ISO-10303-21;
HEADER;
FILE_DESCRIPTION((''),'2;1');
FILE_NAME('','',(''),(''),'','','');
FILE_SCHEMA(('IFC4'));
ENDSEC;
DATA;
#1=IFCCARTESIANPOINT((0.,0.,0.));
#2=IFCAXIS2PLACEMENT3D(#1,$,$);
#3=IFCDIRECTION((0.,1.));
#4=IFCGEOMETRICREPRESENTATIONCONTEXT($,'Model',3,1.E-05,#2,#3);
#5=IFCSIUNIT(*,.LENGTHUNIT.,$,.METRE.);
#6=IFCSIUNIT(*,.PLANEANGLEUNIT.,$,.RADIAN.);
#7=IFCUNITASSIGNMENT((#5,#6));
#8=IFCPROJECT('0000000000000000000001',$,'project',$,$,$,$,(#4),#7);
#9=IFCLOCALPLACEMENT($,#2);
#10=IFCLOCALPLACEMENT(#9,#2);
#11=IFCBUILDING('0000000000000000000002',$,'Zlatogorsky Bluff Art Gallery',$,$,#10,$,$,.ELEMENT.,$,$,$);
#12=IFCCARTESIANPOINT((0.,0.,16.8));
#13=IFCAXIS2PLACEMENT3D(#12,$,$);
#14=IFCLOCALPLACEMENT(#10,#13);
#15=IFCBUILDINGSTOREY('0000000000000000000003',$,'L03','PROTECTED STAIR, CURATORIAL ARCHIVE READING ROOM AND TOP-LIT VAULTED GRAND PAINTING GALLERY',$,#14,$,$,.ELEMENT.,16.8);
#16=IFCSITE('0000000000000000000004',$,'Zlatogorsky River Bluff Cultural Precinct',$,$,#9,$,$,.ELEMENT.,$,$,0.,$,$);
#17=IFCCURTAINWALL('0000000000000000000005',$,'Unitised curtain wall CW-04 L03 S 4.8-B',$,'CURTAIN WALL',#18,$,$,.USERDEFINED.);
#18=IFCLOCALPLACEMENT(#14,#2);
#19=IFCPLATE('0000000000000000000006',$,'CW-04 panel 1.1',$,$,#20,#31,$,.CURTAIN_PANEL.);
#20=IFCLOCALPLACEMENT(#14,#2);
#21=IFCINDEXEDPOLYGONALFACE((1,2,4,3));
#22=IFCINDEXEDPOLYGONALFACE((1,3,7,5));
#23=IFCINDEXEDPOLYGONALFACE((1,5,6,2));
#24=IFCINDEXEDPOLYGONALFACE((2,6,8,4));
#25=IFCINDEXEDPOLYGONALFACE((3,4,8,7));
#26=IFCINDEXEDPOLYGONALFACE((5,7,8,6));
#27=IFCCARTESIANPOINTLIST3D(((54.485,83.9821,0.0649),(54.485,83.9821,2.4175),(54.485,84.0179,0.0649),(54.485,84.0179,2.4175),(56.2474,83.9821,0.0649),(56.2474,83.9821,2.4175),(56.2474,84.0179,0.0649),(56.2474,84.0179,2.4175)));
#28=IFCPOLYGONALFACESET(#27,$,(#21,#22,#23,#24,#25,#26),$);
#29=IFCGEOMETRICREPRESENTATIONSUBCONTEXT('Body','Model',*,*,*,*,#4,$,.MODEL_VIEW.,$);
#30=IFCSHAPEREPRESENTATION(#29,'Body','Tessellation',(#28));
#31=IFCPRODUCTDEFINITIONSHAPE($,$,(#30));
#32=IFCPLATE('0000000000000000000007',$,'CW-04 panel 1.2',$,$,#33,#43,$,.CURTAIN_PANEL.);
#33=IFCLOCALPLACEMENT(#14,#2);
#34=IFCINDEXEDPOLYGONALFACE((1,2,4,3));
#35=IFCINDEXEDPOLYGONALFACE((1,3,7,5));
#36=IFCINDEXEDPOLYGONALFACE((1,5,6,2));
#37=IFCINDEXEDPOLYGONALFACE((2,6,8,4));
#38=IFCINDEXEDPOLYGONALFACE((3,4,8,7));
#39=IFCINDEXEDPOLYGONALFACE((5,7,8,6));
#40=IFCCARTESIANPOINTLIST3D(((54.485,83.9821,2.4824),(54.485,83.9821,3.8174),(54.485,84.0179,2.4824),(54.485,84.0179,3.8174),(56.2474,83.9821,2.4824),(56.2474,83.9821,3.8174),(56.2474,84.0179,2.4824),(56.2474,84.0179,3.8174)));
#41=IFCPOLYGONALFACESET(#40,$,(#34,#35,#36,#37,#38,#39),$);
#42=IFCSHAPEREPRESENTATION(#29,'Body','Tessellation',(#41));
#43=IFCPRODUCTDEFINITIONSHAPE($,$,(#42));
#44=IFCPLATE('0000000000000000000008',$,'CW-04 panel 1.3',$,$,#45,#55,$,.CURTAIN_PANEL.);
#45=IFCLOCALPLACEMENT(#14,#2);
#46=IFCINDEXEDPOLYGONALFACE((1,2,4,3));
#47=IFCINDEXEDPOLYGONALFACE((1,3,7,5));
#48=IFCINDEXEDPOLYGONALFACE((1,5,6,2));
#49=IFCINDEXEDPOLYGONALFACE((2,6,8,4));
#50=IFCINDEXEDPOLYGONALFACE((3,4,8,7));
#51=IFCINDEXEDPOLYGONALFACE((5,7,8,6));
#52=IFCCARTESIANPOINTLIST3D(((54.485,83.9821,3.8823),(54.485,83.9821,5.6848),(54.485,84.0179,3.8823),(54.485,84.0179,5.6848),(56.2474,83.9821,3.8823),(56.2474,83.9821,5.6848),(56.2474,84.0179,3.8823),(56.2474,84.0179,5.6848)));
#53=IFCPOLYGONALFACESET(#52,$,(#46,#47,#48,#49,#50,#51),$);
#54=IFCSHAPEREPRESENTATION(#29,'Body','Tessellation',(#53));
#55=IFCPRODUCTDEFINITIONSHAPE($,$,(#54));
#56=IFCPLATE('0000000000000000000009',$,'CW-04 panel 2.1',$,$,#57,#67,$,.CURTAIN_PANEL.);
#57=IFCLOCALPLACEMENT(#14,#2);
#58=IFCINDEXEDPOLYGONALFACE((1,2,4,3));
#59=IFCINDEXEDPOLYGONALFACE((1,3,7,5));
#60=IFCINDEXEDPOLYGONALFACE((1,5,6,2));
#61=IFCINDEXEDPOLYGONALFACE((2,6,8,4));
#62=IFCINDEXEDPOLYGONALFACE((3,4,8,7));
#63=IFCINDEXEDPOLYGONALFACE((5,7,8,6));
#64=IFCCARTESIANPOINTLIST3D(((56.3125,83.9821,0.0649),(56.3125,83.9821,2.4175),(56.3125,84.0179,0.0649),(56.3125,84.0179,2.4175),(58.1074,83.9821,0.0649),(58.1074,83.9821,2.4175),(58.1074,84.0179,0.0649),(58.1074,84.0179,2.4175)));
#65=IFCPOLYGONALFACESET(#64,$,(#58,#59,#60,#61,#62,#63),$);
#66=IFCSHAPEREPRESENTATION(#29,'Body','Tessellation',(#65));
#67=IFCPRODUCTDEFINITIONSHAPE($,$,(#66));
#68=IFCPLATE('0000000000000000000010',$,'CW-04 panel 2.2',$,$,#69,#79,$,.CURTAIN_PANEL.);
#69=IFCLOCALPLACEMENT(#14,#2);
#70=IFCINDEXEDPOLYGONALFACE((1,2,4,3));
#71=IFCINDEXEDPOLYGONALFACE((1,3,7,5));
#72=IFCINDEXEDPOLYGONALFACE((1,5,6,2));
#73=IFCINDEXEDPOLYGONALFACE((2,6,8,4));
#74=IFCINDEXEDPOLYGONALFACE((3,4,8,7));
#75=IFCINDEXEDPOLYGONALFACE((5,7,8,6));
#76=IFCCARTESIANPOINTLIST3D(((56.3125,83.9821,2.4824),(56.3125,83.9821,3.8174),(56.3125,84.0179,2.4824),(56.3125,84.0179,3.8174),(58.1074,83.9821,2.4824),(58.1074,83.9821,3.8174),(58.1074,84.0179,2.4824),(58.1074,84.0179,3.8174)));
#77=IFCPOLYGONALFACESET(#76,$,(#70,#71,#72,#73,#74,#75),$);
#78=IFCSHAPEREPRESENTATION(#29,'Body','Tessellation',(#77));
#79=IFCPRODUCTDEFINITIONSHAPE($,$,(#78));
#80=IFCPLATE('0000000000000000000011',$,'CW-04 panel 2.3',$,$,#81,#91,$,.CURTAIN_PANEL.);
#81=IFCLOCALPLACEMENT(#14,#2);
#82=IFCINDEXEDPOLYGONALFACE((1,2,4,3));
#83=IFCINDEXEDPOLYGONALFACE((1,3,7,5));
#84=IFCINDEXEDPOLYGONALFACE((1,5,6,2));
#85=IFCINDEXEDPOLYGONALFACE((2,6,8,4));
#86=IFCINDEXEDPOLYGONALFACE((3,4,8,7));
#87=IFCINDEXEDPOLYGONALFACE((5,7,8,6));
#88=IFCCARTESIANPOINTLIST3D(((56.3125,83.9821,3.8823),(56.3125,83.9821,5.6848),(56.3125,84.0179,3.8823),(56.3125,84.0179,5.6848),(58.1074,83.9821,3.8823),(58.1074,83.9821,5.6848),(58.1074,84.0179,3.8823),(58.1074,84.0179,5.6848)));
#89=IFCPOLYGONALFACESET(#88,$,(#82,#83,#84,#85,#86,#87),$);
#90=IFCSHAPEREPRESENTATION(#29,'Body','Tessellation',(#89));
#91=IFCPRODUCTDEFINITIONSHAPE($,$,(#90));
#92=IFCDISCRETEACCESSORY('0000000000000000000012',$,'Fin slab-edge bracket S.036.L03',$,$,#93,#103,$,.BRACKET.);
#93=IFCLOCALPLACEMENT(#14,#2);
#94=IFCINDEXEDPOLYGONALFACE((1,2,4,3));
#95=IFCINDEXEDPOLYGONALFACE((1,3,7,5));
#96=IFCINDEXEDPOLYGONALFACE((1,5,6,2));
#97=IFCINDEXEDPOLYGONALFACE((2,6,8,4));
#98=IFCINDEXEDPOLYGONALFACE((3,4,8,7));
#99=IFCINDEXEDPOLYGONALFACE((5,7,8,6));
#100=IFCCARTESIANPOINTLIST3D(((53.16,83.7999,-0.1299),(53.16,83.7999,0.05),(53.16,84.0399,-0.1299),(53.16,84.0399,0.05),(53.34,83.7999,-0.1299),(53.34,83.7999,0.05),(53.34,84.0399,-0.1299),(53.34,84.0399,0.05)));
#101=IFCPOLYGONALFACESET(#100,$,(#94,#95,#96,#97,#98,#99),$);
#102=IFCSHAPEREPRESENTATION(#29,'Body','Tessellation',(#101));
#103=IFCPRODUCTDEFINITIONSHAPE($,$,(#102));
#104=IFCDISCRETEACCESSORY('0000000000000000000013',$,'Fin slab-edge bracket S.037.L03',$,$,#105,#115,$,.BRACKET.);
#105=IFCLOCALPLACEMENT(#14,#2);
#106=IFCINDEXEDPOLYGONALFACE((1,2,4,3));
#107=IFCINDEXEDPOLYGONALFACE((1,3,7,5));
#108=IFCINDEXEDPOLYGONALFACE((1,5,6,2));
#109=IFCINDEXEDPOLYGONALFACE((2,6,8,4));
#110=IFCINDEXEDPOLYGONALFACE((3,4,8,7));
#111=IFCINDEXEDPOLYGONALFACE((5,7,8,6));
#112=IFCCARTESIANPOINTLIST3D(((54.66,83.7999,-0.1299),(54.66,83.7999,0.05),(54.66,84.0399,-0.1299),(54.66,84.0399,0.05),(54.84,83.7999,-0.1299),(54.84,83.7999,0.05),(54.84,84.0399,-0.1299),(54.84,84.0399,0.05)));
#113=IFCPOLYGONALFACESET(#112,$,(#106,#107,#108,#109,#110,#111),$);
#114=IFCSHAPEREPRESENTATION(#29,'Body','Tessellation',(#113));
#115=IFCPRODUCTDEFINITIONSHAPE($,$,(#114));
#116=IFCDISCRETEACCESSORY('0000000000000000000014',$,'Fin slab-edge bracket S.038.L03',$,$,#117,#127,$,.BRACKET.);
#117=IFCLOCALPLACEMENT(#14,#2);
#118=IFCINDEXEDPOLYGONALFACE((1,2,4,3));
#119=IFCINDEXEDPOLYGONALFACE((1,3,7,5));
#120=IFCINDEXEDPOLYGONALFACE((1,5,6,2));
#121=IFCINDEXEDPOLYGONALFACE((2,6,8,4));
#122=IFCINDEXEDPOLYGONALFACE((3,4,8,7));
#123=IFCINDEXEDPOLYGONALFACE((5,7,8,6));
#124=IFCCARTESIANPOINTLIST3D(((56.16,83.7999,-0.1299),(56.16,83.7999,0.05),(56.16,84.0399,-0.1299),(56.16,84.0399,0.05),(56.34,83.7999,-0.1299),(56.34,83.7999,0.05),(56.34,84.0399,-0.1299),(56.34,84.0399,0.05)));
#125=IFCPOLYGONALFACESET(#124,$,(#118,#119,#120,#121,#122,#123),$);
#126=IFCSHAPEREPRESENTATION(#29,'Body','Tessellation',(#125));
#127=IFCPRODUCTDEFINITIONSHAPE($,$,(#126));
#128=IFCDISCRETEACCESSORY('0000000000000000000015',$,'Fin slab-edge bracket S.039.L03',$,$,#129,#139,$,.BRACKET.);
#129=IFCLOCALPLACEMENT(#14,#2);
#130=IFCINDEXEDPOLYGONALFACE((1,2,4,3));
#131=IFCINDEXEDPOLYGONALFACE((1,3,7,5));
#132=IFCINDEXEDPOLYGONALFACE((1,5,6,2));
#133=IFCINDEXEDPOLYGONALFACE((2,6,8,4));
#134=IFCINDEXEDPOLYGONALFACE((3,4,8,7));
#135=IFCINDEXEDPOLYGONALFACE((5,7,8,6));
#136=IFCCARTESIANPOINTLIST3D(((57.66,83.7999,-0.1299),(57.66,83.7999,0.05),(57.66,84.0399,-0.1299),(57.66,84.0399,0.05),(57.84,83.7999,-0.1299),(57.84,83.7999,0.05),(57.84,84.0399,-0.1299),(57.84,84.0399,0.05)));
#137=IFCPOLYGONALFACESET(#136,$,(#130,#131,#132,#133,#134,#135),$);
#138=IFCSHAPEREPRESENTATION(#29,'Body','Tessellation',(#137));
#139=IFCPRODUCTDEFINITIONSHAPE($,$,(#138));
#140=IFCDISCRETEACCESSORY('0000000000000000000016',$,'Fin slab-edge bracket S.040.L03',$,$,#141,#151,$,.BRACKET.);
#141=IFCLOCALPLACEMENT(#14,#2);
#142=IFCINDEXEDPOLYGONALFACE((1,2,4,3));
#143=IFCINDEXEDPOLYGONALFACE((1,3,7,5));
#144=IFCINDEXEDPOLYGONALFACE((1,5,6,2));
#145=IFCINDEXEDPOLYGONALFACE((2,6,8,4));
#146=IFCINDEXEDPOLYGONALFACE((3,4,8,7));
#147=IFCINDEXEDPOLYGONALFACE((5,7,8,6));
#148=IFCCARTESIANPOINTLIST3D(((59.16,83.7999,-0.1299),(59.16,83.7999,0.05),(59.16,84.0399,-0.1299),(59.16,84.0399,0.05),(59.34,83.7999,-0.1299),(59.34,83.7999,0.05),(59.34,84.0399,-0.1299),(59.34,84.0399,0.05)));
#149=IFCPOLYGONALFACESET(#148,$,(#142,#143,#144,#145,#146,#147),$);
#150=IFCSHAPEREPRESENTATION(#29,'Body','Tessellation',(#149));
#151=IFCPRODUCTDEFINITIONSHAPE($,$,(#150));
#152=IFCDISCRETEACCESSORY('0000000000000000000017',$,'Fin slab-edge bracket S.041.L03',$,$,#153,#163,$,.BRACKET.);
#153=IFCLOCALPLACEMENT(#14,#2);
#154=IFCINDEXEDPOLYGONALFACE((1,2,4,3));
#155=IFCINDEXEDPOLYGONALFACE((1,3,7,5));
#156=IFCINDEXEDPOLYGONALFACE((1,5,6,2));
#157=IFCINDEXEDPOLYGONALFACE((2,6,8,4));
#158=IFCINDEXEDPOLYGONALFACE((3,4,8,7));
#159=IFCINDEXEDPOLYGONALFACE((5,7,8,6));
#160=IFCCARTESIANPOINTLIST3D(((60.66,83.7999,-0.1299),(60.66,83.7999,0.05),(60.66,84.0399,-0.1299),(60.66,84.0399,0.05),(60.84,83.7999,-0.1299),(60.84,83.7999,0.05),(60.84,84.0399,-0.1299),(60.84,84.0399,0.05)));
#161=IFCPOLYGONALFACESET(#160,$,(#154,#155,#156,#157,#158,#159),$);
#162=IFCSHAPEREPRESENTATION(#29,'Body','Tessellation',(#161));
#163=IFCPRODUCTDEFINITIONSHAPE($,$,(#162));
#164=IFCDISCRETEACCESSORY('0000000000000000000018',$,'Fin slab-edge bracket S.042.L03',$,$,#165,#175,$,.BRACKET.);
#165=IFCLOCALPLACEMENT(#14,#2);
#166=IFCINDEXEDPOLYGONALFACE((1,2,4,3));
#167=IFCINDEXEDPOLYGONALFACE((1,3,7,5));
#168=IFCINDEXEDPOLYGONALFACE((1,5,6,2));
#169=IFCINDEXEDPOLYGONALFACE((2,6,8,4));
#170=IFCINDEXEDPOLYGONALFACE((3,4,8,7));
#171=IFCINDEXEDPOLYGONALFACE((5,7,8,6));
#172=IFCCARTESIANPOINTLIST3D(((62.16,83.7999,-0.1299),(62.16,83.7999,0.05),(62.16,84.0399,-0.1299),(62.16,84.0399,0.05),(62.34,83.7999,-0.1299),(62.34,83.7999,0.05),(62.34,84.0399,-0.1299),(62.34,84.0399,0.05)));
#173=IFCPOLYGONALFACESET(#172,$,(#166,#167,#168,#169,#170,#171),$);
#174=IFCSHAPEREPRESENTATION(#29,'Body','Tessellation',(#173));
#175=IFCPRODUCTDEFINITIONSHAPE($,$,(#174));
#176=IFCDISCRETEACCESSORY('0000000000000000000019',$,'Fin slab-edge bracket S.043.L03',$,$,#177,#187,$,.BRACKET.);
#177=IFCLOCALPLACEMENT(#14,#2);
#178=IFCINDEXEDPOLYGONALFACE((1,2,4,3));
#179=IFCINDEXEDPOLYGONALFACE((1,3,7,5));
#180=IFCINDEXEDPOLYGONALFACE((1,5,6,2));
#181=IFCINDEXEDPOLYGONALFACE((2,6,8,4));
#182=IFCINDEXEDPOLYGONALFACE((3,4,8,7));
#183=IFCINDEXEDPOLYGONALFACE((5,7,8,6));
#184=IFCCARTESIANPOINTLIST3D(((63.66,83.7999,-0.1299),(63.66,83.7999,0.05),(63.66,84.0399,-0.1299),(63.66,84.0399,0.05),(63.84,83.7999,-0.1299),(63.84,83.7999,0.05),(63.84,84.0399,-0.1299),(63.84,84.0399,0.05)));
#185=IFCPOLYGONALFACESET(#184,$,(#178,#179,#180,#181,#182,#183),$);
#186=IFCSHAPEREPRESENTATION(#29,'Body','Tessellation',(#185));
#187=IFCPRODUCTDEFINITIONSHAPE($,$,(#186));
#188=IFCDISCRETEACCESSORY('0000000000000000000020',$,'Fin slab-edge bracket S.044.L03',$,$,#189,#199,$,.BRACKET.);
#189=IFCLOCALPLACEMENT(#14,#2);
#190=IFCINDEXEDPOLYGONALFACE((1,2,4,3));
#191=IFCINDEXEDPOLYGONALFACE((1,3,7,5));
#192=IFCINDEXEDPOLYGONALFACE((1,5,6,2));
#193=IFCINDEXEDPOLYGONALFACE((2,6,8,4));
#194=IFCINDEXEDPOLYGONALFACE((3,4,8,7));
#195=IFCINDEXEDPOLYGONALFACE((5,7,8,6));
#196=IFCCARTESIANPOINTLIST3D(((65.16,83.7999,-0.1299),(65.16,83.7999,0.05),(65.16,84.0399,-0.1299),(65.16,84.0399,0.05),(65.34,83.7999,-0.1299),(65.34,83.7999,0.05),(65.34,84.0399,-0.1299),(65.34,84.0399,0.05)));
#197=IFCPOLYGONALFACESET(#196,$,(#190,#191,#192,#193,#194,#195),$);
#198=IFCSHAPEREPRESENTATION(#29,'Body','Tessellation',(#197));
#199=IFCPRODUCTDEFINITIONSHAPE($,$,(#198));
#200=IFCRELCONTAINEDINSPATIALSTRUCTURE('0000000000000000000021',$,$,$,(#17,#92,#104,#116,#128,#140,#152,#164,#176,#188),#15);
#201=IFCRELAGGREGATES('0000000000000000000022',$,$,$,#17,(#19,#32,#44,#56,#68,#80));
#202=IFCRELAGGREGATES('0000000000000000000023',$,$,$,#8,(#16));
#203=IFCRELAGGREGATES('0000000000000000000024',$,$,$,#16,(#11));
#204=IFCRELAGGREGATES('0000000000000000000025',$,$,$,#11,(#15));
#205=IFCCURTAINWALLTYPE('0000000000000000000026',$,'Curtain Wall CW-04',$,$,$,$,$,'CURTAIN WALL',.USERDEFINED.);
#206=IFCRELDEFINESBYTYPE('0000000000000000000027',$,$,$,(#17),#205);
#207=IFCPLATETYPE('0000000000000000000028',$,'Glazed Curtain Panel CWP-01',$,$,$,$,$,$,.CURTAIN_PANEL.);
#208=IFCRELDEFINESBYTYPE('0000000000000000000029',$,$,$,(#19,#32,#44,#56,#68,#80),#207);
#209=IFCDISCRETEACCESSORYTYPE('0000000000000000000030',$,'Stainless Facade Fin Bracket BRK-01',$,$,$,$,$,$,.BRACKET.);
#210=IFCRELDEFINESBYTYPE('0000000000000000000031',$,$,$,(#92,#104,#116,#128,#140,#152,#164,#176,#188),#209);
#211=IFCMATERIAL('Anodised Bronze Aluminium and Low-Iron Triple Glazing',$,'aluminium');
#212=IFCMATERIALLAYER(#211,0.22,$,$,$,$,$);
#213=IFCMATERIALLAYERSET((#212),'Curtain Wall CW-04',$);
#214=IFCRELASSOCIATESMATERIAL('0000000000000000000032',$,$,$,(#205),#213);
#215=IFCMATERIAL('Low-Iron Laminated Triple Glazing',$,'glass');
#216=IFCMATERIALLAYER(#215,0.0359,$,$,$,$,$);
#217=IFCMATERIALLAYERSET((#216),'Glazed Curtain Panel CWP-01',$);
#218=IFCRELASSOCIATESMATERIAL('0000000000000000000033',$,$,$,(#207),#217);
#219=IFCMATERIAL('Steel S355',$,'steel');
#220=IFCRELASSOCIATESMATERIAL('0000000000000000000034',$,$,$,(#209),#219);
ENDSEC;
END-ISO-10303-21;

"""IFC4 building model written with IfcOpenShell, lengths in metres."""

from ifc_helpers import new_model, si_unit, direction, frame, origin, origin_2d, place, context, subcontext, project, spatial, rectangle, extrude, material, layer, layer_set, type_object, element, aggregate, save


model = new_model("IFC4")

# Units and contexts
model_context = context("Model", 3, precision=1e-05, world=origin(), true_north=direction((0.0, 1.0)))
body_context = subcontext(model_context, "Body", "Model", "MODEL_VIEW")
ifc_project = project(units=[si_unit("LENGTHUNIT", "METRE"), si_unit("PLANEANGLEUNIT", "RADIAN")], contexts=[model_context])

# Site, building, storey
site_placement = place(None, origin())
site = spatial("IfcSite", under=ifc_project, at=site_placement, Name="Zlatogorsky River Bluff Cultural Precinct", CompositionType="ELEMENT", RefElevation=0.0)
building_placement = place(site_placement, origin())
building = spatial("IfcBuilding", under=site, at=building_placement, Name="Zlatogorsky Bluff Art Gallery", CompositionType="ELEMENT")
storey_placement = place(building_placement, frame((0.0, 0.0, 16.8)))
storey = spatial("IfcBuildingStorey", under=building, at=storey_placement, Name="L03", Description="PROTECTED STAIR, CURATORIAL ARCHIVE READING ROOM AND TOP-LIT VAULTED GRAND PAINTING GALLERY", CompositionType="ELEMENT", Elevation=16.8)

# Shared definitions
ifc_material_1 = material(Name="Anodised Bronze Aluminium and Low-Iron Triple Glazing", Category="aluminium")
ifc_layer_1 = layer(ifc_material_1, 0.22)
ifc_layer_set_1 = layer_set([ifc_layer_1], Name="Curtain Wall CW-04")
curtain_wall_type = type_object("IfcCurtainWallType", Name="Curtain Wall CW-04", ElementType="CURTAIN WALL", PredefinedType="USERDEFINED", material=ifc_layer_set_1)

# Curtain wall
curtain_wall_1_placement = place(storey_placement, origin())
curtain_wall_1 = element("IfcCurtainWall", 1, at=curtain_wall_1_placement, inside=storey, type_object=curtain_wall_type, Name="Unitised curtain wall CW-04 L03 S 4.8-B", ObjectType="CURTAIN WALL", PredefinedType="USERDEFINED")

# Plates
ifc_material_2 = material(Name="Low-Iron Laminated Triple Glazing", Category="glass")
ifc_layer_2 = layer(ifc_material_2, 0.0359)
ifc_layer_set_2 = layer_set([ifc_layer_2], Name="Glazed Curtain Panel CWP-01")
plate_type = type_object("IfcPlateType", Name="Glazed Curtain Panel CWP-01", PredefinedType="CURTAIN_PANEL", material=ifc_layer_set_2)
plate_1_placement = place(storey_placement, frame((55.3662, 84.0, 0.0649), z_axis=(0.0, 0.0, 1.0), x_axis=(1.0, 0.0, 0.0)))
plate_1 = element("IfcPlate", 2, at=plate_1_placement, type_object=plate_type, Name="CW-04 panel 1.1", PredefinedType="CURTAIN_PANEL", context=body_context, shape_type="SweptSolid", body=[
    extrude(rectangle(XDim=1.7625, YDim=0.0359, at=origin_2d()), origin(), (0.0, 0.0, 1.0), 2.3525),
])
plate_2_placement = place(storey_placement, frame((55.3662, 84.0, 2.4824), z_axis=(0.0, 0.0, 1.0), x_axis=(1.0, 0.0, 0.0)))
plate_2 = element("IfcPlate", 3, at=plate_2_placement, type_object=plate_type, Name="CW-04 panel 1.2", PredefinedType="CURTAIN_PANEL", context=body_context, shape_type="SweptSolid", body=[
    extrude(rectangle(XDim=1.7625, YDim=0.0359, at=origin_2d()), origin(), (0.0, 0.0, 1.0), 1.335),
])
plate_3_placement = place(storey_placement, frame((55.3662, 84.0, 3.8823), z_axis=(0.0, 0.0, 1.0), x_axis=(1.0, 0.0, 0.0)))
plate_3 = element("IfcPlate", 4, at=plate_3_placement, type_object=plate_type, Name="CW-04 panel 1.3", PredefinedType="CURTAIN_PANEL", context=body_context, shape_type="SweptSolid", body=[
    extrude(rectangle(XDim=1.7625, YDim=0.0359, at=origin_2d()), origin(), (0.0, 0.0, 1.0), 1.8025),
])
plate_4_placement = place(storey_placement, frame((57.21, 84.0, 0.0649), z_axis=(0.0, 0.0, 1.0), x_axis=(1.0, 0.0, 0.0)))
plate_4 = element("IfcPlate", 5, at=plate_4_placement, type_object=plate_type, Name="CW-04 panel 2.1", PredefinedType="CURTAIN_PANEL", context=body_context, shape_type="SweptSolid", body=[
    extrude(rectangle(XDim=1.7949, YDim=0.0359, at=origin_2d()), origin(), (0.0, 0.0, 1.0), 2.3525),
])
plate_5_placement = place(storey_placement, frame((57.21, 84.0, 2.4824), z_axis=(0.0, 0.0, 1.0), x_axis=(1.0, 0.0, 0.0)))
plate_5 = element("IfcPlate", 6, at=plate_5_placement, type_object=plate_type, Name="CW-04 panel 2.2", PredefinedType="CURTAIN_PANEL", context=body_context, shape_type="SweptSolid", body=[
    extrude(rectangle(XDim=1.7949, YDim=0.0359, at=origin_2d()), origin(), (0.0, 0.0, 1.0), 1.335),
])
plate_6_placement = place(storey_placement, frame((57.21, 84.0, 3.8823), z_axis=(0.0, 0.0, 1.0), x_axis=(1.0, 0.0, 0.0)))
plate_6 = element("IfcPlate", 7, at=plate_6_placement, type_object=plate_type, Name="CW-04 panel 2.3", PredefinedType="CURTAIN_PANEL", context=body_context, shape_type="SweptSolid", body=[
    extrude(rectangle(XDim=1.7949, YDim=0.0359, at=origin_2d()), origin(), (0.0, 0.0, 1.0), 1.8025),
])
aggregate(curtain_wall_1, [plate_1, plate_2, plate_3, plate_4, plate_5, plate_6])

# Discrete accessories
ifc_material_3 = material(Name="Steel S355", Category="steel")
discrete_accessory_type = type_object("IfcDiscreteAccessoryType", Name="Stainless Facade Fin Bracket BRK-01", PredefinedType="BRACKET", material=ifc_material_3)
for number, where, z_axis, x_axis, name in (
    (8, (53.25, 83.9199, -0.1299), (0.0, 0.0, 1.0), (1.0, 0.0, 0.0), "Fin slab-edge bracket S.036.L03"),
    (9, (54.75, 83.9199, -0.1299), (0.0, 0.0, 1.0), (1.0, 0.0, 0.0), "Fin slab-edge bracket S.037.L03"),
    (10, (56.25, 83.9199, -0.1299), (0.0, 0.0, 1.0), (1.0, 0.0, 0.0), "Fin slab-edge bracket S.038.L03"),
    (11, (57.75, 83.9199, -0.1299), (0.0, 0.0, 1.0), (1.0, 0.0, 0.0), "Fin slab-edge bracket S.039.L03"),
    (12, (59.25, 83.9199, -0.1299), (0.0, 0.0, 1.0), (1.0, 0.0, 0.0), "Fin slab-edge bracket S.040.L03"),
    (13, (60.75, 83.9199, -0.1299), (0.0, 0.0, 1.0), (1.0, 0.0, 0.0), "Fin slab-edge bracket S.041.L03"),
    (14, (62.25, 83.9199, -0.1299), (0.0, 0.0, 1.0), (1.0, 0.0, 0.0), "Fin slab-edge bracket S.042.L03"),
    (15, (63.75, 83.9199, -0.1299), (0.0, 0.0, 1.0), (1.0, 0.0, 0.0), "Fin slab-edge bracket S.043.L03"),
    (16, (65.25, 83.9199, -0.1299), (0.0, 0.0, 1.0), (1.0, 0.0, 0.0), "Fin slab-edge bracket S.044.L03"),
):
    element("IfcDiscreteAccessory", number, at=place(storey_placement, frame(where, z_axis=z_axis, x_axis=x_axis)), inside=storey, type_object=discrete_accessory_type, Name=name, PredefinedType="BRACKET", context=body_context, shape_type="SweptSolid", body=[
        extrude(rectangle(XDim=0.1799, YDim=0.24, at=origin_2d()), origin(), (0.0, 0.0, 1.0), 0.1799),
    ])

save(model, "model.ifc")
